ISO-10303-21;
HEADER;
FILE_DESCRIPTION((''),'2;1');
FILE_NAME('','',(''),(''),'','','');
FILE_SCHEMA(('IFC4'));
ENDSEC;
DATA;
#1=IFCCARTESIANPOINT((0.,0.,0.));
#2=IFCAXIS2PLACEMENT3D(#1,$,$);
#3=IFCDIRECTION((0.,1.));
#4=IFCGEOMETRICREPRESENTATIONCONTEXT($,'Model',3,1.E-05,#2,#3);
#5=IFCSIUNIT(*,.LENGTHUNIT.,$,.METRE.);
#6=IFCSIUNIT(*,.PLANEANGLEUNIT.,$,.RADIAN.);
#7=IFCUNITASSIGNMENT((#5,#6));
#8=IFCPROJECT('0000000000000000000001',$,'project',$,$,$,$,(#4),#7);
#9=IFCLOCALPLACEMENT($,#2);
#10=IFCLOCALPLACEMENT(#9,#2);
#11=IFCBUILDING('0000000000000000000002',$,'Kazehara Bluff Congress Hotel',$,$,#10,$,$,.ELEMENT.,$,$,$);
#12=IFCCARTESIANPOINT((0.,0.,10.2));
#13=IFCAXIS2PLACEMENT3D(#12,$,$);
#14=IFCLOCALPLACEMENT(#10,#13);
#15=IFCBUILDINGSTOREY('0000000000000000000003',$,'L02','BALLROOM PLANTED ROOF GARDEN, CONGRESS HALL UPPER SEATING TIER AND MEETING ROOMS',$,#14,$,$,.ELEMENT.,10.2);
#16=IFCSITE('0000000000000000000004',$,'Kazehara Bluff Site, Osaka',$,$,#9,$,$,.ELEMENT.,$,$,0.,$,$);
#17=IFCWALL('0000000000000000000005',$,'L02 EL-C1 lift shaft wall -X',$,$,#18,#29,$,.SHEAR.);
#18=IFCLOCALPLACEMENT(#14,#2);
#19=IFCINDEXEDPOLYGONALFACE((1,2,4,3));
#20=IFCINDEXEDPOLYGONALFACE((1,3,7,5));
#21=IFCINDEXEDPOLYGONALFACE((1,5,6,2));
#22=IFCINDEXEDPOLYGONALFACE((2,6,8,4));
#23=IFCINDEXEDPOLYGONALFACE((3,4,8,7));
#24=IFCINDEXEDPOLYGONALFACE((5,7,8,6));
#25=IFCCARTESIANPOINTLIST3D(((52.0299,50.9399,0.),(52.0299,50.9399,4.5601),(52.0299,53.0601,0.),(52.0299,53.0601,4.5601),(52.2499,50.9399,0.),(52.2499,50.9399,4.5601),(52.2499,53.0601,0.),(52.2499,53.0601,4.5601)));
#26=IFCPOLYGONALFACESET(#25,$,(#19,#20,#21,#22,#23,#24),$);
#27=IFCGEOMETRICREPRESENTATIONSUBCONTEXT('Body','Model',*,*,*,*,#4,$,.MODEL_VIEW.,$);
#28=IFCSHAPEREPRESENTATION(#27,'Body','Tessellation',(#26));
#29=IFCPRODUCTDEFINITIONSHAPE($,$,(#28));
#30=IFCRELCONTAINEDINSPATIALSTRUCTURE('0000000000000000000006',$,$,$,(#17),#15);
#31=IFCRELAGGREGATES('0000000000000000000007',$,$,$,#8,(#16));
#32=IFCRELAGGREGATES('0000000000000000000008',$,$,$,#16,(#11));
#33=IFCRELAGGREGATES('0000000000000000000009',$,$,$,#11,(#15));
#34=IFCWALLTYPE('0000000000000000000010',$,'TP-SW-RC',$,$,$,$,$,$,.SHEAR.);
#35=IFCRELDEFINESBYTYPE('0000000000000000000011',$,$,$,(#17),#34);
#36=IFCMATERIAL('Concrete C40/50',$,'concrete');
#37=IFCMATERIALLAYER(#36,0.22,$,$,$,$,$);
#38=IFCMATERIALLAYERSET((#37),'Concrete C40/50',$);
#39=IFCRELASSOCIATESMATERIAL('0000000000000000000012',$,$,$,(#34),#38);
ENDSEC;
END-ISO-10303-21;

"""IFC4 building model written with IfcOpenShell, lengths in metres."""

from ifc_helpers import new_model, si_unit, direction, frame, frame_2d, origin, place, context, subcontext, project, spatial, rectangle, extrude, material, layer, layer_set, type_object, element, save


model = new_model("IFC4")

# Units and contexts
model_context = context("Model", 3, precision=1e-05, world=origin(), true_north=direction((0.0, 1.0)))
body_context = subcontext(model_context, "Body", "Model", "MODEL_VIEW")
ifc_project = project(units=[si_unit("LENGTHUNIT", "METRE"), si_unit("PLANEANGLEUNIT", "RADIAN")], contexts=[model_context])

# Site, building, storey
site_placement = place(None, origin())
site = spatial("IfcSite", under=ifc_project, at=site_placement, Name="Kazehara Bluff Site, Osaka", CompositionType="ELEMENT", RefElevation=0.0)
building_placement = place(site_placement, origin())
building = spatial("IfcBuilding", under=site, at=building_placement, Name="Kazehara Bluff Congress Hotel", CompositionType="ELEMENT")
storey_placement = place(building_placement, frame((0.0, 0.0, 10.2)))
storey = spatial("IfcBuildingStorey", under=building, at=storey_placement, Name="L02", Description="BALLROOM PLANTED ROOF GARDEN, CONGRESS HALL UPPER SEATING TIER AND MEETING ROOMS", CompositionType="ELEMENT", Elevation=10.2)

# Shared definitions
ifc_material_1 = material(Name="Concrete C40/50", Category="concrete")
ifc_layer_1 = layer(ifc_material_1, 0.22)
ifc_layer_set_1 = layer_set([ifc_layer_1], Name="Concrete C40/50")
wall_type_1 = type_object("IfcWallType", Name="TP-SW-RC", PredefinedType="SHEAR", material=ifc_layer_set_1)

# Wall
for number, where, z_axis, x_axis, name in (
    (1, (52.1399, 50.9399, 0.0), (0.0, 0.0, 1.0), (0.0, 1.0, 0.0), "L02 EL-C1 lift shaft wall -X"),
):
    element("IfcWall", number, at=place(storey_placement, frame(where, z_axis=z_axis, x_axis=x_axis)), inside=storey, type_object=wall_type_1, Name=name, PredefinedType="SHEAR", context=body_context, shape_type="SweptSolid", body=[
        extrude(rectangle(XDim=2.1201, YDim=0.22, at=frame_2d((1.0601, 0.0))), origin(), (0.0, 0.0, 1.0), 4.5601),
    ])

save(model, "model.ifc")
